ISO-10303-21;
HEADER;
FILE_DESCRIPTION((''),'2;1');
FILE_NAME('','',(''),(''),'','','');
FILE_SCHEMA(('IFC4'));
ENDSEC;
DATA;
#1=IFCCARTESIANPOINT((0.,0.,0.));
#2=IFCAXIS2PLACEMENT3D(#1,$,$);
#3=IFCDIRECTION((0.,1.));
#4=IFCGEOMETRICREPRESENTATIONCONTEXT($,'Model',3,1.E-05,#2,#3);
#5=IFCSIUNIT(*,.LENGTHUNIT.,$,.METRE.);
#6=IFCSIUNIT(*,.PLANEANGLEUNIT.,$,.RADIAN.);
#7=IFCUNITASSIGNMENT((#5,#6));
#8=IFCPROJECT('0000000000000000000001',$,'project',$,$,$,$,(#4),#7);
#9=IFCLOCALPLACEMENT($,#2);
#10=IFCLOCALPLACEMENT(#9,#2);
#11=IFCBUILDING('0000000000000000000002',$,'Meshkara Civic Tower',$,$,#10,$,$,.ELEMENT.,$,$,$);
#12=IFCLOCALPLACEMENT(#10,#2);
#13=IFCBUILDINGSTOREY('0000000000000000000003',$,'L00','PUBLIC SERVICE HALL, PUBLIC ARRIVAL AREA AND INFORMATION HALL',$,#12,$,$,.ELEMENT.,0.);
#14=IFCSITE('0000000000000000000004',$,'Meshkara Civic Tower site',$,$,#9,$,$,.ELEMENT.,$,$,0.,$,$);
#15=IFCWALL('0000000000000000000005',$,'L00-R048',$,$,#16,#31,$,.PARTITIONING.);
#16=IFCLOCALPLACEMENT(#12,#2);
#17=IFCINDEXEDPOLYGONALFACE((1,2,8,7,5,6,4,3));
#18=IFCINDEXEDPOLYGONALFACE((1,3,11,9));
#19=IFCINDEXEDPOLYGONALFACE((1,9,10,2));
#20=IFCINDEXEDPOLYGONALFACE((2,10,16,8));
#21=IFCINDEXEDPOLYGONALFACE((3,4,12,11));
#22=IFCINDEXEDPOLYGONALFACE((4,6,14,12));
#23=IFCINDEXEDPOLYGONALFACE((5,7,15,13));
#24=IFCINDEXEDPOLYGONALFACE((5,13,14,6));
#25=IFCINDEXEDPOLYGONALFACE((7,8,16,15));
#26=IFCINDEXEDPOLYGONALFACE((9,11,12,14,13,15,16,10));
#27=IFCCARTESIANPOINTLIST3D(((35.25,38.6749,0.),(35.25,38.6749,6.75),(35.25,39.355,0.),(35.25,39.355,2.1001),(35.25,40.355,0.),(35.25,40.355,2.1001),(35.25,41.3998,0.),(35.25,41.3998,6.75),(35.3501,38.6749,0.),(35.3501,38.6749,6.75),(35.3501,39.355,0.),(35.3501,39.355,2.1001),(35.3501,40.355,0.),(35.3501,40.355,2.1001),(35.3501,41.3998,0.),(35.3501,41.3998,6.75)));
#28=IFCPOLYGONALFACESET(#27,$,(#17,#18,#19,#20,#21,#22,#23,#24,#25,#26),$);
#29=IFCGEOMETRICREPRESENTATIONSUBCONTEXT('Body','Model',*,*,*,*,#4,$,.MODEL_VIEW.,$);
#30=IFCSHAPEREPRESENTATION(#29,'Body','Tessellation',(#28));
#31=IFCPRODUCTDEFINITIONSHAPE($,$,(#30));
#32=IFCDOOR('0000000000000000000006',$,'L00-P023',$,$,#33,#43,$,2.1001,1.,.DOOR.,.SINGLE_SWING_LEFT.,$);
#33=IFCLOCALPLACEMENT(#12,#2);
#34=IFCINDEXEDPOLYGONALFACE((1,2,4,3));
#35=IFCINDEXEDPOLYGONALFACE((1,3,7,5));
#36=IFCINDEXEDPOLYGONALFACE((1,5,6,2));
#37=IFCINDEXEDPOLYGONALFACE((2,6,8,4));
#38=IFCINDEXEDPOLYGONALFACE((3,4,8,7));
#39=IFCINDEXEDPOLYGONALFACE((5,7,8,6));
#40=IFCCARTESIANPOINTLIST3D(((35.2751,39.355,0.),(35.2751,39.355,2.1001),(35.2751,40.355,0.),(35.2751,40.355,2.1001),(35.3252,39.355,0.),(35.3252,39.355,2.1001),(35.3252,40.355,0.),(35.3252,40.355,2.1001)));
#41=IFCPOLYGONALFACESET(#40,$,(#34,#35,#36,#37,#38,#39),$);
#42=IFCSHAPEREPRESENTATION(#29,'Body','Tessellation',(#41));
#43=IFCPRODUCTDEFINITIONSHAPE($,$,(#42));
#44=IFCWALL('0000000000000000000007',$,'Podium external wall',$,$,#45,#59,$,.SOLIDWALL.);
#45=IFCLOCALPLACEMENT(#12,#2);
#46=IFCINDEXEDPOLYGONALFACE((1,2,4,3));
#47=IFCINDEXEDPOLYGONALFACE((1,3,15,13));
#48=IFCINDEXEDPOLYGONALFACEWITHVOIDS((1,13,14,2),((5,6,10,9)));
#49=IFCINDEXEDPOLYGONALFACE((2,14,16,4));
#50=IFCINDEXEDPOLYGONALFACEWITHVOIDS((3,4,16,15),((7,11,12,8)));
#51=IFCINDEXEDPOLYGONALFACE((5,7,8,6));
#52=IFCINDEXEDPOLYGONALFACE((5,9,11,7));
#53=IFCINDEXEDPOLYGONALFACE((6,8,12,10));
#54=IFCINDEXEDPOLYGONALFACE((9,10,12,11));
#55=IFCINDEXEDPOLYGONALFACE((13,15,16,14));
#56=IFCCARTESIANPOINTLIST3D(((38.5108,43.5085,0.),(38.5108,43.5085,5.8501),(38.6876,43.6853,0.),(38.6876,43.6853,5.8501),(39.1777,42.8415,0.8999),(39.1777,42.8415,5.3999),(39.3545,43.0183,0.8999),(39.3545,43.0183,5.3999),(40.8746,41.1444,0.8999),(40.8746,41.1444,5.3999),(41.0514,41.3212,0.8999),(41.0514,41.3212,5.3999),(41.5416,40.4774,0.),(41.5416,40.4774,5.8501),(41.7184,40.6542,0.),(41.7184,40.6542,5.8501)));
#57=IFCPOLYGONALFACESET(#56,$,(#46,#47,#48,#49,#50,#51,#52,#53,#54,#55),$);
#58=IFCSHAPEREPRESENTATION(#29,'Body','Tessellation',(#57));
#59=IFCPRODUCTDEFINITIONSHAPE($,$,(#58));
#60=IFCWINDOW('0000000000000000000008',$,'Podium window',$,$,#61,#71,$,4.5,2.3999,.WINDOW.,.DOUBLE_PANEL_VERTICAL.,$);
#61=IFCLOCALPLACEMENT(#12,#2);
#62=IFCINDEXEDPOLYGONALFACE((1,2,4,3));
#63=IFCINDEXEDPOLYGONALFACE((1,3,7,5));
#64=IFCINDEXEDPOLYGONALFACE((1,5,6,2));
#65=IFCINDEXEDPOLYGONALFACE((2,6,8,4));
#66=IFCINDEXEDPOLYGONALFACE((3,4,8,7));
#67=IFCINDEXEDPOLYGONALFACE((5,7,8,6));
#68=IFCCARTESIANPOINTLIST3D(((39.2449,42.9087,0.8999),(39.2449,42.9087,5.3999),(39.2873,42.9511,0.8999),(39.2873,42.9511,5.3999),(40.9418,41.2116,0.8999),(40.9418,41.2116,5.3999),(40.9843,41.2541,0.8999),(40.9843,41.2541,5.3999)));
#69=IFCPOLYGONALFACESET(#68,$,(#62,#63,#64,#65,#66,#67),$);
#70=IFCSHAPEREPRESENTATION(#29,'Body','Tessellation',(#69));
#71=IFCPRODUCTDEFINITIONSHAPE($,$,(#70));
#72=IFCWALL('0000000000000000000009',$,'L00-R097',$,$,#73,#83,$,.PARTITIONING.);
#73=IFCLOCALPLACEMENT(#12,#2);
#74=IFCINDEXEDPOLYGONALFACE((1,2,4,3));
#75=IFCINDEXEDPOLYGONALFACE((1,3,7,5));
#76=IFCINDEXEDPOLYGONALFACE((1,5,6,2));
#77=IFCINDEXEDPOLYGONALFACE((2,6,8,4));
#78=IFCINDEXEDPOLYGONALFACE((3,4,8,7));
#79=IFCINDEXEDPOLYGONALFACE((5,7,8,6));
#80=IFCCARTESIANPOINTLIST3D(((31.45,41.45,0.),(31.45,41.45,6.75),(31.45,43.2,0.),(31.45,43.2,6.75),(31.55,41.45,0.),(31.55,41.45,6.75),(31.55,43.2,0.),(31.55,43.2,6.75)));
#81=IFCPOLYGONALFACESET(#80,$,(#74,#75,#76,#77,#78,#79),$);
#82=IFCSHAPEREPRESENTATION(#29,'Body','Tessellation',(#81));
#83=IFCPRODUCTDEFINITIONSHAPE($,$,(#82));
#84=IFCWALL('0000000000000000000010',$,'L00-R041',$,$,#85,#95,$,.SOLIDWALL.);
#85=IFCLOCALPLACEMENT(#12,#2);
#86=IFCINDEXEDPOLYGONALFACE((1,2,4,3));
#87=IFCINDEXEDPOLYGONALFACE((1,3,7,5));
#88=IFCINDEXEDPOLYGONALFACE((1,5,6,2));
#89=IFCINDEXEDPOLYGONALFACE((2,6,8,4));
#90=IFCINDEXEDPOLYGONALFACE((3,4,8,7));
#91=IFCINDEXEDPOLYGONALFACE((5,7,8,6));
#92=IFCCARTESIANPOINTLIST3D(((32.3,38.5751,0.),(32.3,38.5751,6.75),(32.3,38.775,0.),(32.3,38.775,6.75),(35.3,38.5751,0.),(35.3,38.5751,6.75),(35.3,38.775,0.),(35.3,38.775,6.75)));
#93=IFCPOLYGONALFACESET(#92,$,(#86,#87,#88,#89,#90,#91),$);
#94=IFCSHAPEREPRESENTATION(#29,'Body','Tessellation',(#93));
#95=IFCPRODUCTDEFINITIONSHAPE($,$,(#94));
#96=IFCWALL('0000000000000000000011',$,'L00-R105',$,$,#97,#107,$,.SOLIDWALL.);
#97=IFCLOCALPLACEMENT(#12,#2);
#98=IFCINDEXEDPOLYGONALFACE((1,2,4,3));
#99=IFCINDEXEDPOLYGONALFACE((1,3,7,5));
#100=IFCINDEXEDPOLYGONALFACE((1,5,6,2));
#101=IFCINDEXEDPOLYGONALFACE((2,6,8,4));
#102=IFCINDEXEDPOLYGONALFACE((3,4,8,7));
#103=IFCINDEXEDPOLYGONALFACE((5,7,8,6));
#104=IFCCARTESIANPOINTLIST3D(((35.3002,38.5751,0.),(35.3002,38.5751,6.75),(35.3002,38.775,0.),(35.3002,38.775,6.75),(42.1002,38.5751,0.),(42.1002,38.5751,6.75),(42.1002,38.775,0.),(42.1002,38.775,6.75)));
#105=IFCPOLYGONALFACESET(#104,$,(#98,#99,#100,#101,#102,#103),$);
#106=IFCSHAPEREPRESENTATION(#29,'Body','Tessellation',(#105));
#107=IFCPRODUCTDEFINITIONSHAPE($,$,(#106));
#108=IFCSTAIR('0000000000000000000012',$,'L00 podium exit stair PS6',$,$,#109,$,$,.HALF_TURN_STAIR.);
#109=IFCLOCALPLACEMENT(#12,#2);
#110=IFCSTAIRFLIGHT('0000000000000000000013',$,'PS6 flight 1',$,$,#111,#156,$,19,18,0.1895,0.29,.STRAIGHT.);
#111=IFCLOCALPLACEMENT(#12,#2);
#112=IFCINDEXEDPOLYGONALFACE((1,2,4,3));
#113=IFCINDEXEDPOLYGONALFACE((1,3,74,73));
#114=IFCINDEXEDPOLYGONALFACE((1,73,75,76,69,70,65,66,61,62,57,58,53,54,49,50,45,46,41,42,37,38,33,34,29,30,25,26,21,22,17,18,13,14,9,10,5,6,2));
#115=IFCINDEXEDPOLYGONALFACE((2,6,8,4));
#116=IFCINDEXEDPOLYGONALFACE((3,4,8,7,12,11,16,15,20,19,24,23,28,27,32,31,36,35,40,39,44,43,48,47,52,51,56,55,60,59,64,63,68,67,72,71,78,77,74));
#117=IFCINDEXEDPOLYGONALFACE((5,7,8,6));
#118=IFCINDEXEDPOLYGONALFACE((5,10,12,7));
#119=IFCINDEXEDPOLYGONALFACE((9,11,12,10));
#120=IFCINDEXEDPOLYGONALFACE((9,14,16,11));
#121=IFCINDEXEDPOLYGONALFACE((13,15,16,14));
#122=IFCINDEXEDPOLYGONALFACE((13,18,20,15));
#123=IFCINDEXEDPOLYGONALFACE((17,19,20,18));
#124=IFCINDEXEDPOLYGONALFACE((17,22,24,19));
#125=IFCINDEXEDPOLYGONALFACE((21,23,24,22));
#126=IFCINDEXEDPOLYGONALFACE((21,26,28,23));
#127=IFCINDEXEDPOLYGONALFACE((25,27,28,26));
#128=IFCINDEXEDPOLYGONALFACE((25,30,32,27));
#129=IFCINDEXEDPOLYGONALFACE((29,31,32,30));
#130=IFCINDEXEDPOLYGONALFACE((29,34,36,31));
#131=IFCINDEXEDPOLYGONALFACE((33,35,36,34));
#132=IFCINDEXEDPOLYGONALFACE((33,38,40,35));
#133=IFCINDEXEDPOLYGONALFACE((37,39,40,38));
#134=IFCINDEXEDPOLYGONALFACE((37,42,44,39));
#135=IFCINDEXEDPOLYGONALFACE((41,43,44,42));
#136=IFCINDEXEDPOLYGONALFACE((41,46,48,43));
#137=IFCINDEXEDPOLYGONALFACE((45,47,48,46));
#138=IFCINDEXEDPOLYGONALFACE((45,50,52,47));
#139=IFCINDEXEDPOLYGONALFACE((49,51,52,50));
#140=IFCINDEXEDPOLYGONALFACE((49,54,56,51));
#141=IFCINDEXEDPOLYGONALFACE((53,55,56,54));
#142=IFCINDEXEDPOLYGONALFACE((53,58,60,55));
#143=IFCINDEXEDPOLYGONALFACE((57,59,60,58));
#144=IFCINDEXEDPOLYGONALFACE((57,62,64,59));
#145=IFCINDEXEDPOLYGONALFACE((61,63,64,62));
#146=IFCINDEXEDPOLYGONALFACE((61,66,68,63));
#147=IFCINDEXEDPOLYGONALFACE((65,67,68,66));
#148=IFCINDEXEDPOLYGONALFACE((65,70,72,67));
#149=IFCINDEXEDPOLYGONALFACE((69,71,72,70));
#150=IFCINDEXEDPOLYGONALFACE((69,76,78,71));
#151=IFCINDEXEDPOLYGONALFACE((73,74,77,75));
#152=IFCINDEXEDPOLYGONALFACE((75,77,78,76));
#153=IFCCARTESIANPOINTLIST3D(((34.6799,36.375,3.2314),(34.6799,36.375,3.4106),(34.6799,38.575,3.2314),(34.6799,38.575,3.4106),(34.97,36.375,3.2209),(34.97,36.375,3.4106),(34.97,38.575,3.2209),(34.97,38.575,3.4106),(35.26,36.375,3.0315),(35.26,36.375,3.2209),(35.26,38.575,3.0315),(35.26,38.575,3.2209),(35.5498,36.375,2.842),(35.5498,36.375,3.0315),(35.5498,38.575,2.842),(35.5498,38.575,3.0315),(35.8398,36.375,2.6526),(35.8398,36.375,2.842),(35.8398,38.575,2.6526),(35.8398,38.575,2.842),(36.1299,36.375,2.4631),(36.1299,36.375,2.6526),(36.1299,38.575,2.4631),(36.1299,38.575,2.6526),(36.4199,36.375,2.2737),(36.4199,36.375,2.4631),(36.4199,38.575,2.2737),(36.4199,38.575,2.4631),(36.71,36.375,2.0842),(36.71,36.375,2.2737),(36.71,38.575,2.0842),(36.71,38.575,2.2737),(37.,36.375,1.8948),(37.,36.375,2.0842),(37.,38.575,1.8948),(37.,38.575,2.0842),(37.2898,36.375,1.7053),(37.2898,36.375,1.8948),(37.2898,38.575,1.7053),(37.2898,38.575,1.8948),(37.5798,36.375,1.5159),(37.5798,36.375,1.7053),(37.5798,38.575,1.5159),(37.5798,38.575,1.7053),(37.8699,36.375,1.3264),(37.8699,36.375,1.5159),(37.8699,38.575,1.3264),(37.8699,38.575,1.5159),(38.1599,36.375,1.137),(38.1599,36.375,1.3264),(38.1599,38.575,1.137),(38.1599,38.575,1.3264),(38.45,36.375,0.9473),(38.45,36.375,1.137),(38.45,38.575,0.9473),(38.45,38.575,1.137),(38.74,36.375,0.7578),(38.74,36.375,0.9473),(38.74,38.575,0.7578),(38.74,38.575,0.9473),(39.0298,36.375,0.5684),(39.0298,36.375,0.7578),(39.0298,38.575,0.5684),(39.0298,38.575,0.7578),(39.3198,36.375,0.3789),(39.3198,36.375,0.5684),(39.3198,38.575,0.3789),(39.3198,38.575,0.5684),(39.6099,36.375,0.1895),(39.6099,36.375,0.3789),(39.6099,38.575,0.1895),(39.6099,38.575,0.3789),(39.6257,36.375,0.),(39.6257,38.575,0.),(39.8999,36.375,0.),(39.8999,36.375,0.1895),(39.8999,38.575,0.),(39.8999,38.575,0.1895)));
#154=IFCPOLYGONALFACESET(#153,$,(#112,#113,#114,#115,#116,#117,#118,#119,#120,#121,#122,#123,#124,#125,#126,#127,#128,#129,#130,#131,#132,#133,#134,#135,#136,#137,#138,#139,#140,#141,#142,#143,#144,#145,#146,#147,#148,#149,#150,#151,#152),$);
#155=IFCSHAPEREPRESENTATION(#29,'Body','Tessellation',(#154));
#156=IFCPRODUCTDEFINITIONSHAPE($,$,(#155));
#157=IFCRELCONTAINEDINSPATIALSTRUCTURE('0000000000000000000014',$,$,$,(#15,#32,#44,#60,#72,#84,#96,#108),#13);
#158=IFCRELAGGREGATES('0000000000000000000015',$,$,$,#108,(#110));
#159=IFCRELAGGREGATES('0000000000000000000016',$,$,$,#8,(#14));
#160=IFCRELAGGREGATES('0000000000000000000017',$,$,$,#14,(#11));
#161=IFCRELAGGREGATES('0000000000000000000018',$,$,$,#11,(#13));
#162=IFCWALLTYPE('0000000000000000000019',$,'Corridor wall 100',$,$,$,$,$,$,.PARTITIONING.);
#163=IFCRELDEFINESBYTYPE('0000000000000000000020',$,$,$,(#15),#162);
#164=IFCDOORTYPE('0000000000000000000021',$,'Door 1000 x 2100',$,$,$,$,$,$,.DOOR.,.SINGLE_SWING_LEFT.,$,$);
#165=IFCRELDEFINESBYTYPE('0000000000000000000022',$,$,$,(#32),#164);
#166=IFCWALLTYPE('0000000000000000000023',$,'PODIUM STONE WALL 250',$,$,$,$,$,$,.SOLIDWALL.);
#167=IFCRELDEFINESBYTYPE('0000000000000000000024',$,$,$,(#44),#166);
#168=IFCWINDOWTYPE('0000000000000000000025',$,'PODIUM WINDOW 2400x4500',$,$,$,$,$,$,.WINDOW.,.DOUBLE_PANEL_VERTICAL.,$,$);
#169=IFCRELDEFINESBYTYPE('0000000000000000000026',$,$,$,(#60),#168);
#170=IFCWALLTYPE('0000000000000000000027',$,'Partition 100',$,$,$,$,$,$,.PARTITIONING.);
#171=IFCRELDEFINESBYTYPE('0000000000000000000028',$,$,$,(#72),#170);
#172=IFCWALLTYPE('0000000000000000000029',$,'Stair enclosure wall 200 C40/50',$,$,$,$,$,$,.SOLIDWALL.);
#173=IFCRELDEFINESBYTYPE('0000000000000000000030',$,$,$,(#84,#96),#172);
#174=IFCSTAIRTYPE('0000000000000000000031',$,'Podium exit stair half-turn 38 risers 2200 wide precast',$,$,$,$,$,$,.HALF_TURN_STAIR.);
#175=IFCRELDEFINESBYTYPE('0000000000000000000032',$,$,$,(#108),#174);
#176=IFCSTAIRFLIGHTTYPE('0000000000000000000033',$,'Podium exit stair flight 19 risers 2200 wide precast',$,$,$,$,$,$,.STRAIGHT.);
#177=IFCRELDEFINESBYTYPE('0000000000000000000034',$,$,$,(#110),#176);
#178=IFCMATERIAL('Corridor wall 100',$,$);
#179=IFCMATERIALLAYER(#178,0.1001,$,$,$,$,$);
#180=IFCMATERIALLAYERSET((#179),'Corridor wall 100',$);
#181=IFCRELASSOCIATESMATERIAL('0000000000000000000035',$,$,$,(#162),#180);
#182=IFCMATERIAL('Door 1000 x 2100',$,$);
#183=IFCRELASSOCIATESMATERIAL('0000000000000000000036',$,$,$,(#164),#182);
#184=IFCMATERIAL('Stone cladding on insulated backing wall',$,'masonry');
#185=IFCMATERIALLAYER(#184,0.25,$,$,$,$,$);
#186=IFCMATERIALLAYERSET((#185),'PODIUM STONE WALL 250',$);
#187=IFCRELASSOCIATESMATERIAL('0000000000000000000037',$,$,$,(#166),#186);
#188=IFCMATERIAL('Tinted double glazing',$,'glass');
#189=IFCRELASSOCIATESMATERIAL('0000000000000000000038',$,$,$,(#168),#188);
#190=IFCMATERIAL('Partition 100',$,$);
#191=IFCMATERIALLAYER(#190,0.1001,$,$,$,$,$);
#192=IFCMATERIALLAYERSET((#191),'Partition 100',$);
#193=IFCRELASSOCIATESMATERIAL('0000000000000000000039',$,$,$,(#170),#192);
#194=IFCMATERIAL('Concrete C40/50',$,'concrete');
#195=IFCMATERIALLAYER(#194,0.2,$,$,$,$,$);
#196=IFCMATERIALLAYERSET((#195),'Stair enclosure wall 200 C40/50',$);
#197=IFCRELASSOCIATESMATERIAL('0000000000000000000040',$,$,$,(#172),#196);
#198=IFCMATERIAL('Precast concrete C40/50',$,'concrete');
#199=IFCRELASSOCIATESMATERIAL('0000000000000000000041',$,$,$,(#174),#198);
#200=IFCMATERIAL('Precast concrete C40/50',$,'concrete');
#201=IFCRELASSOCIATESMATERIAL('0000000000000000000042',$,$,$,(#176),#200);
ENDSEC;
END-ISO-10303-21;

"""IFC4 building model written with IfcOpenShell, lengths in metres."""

from ifc_helpers import new_model, si_unit, direction, frame, frame_2d, origin, place, context, subcontext, project, spatial, polyline, rectangle, outline, extrude, material, layer, layer_set, type_object, element, fill, aggregate, save


model = new_model("IFC4")

# Units and contexts
model_context = context("Model", 3, precision=1e-05, world=origin(), true_north=direction((0.0, 1.0)))
body_context = subcontext(model_context, "Body", "Model", "MODEL_VIEW")
ifc_project = project(units=[si_unit("LENGTHUNIT", "METRE"), si_unit("PLANEANGLEUNIT", "RADIAN")], contexts=[model_context])

# Site, building, storey
site_placement = place(None, origin())
site = spatial("IfcSite", under=ifc_project, at=site_placement, Name="Meshkara Civic Tower site", CompositionType="ELEMENT", RefElevation=0.0)
building_placement = place(site_placement, origin())
building = spatial("IfcBuilding", under=site, at=building_placement, Name="Meshkara Civic Tower", CompositionType="ELEMENT")
storey_placement = place(building_placement, origin())
storey = spatial("IfcBuildingStorey", under=building, at=storey_placement, Name="L00", Description="PUBLIC SERVICE HALL, PUBLIC ARRIVAL AREA AND INFORMATION HALL", CompositionType="ELEMENT", Elevation=0.0)

# Shared definitions
ifc_material_1 = material(Name="Corridor wall 100")
ifc_layer_1 = layer(ifc_material_1, 0.1001)
ifc_layer_set_1 = layer_set([ifc_layer_1], Name="Corridor wall 100")
wall_type_1 = type_object("IfcWallType", Name="Corridor wall 100", PredefinedType="PARTITIONING", material=ifc_layer_set_1)

# Shared definitions
ifc_material_2 = material(Name="Door 1000 x 2100")
door_type_1 = type_object("IfcDoorType", Name="Door 1000 x 2100", OperationType="SINGLE_SWING_LEFT", PredefinedType="DOOR", material=ifc_material_2)

# Wall, opening, door
wall_1_placement = place(storey_placement, frame((35.3, 38.675, 0.0), z_axis=(0.0, 0.0, 1.0), x_axis=(0.0, 1.0, 0.0)))
wall_1 = element("IfcWall", 1, at=wall_1_placement, inside=storey, type_object=wall_type_1, Name="L00-R048", PredefinedType="PARTITIONING", context=body_context, shape_type="SweptSolid", body=[
    extrude(rectangle(XDim=2.7249, YDim=0.1001, at=frame_2d((1.3623, 0.0))), origin(), (0.0, 0.0, 1.0), 6.75),
])
opening_1_placement = place(wall_1_placement, frame((0.6799, 0.0, 0.0)))
opening_1 = element("IfcOpeningElement", 2, at=opening_1_placement, cuts=wall_1, PredefinedType="OPENING", context=body_context, shape_type="SweptSolid", body=[
    extrude(rectangle(XDim=1.0, YDim=2.1001, at=frame_2d((0.5, 1.05))), frame((0.0, 0.0601, 0.0), z_axis=(0.0, -1.0, 0.0), x_axis=(1.0, 0.0, 0.0)), (0.0, 0.0, 1.0), 0.1201),
])
door_1_placement = place(opening_1_placement, origin())
door_1 = element("IfcDoor", 3, at=door_1_placement, inside=storey, type_object=door_type_1, Name="L00-P023", OperationType="SINGLE_SWING_LEFT", OverallHeight=2.1001, OverallWidth=1.0, PredefinedType="DOOR", context=body_context, shape_type="SweptSolid", body=[
    extrude(rectangle(XDim=1.0, YDim=2.1001, at=frame_2d((0.5, 1.05))), frame((0.0, 0.0249, 0.0), z_axis=(0.0, -1.0, 0.0), x_axis=(1.0, 0.0, 0.0)), (0.0, 0.0, 1.0), 0.05),
])
fill(opening_1, door_1)

# Wall, opening, window
ifc_material_3 = material(Name="Stone cladding on insulated backing wall", Category="masonry")
ifc_layer_2 = layer(ifc_material_3, 0.25)
ifc_layer_set_2 = layer_set([ifc_layer_2], Name="PODIUM STONE WALL 250")
wall_type_2 = type_object("IfcWallType", Name="PODIUM STONE WALL 250", PredefinedType="SOLIDWALL", material=ifc_layer_set_2)
wall_2_placement = place(storey_placement, frame((41.6299, 40.5659, 0.0), z_axis=(0.0, 0.0, 1.0), x_axis=(-0.707078, 0.707135, 0.0)))
wall_2 = element("IfcWall", 4, at=wall_2_placement, inside=storey, type_object=wall_type_2, Name="Podium external wall", PredefinedType="SOLIDWALL", context=body_context, shape_type="SweptSolid", body=[
    extrude(rectangle(XDim=4.2864, YDim=0.25, at=frame_2d((2.1431, 0.0))), origin(), (0.0, 0.0, 1.0), 5.8501),
])
opening_2_placement = place(wall_2_placement, frame((0.9431, 0.0, 0.8999)))
opening_2 = element("IfcOpeningElement", 5, at=opening_2_placement, cuts=wall_2, PredefinedType="OPENING", context=body_context, shape_type="SweptSolid", body=[
    extrude(rectangle(XDim=2.3999, YDim=4.5, at=frame_2d((1.2, 2.25))), frame((0.0, 0.135, 0.0), z_axis=(0.0, -1.0, 0.0), x_axis=(1.0, 0.0, 0.0)), (0.0, 0.0, 1.0), 0.27),
])
ifc_material_4 = material(Name="Tinted double glazing", Category="glass")
window_type = type_object("IfcWindowType", Name="PODIUM WINDOW 2400x4500", PartitioningType="DOUBLE_PANEL_VERTICAL", PredefinedType="WINDOW", material=ifc_material_4)
window_placement = place(opening_2_placement, origin())
window = element("IfcWindow", 6, at=window_placement, inside=storey, type_object=window_type, Name="Podium window", OverallHeight=4.5, OverallWidth=2.3999, PartitioningType="DOUBLE_PANEL_VERTICAL", PredefinedType="WINDOW", context=body_context, shape_type="SweptSolid", body=[
    extrude(rectangle(XDim=2.3999, YDim=4.5, at=frame_2d((1.2, 2.25))), frame((0.0, 0.03, 0.0), z_axis=(0.0, -1.0, 0.0), x_axis=(1.0, 0.0, 0.0)), (0.0, 0.0, 1.0), 0.0601),
])
fill(opening_2, window)

# Walls
ifc_material_5 = material(Name="Partition 100")
ifc_layer_3 = layer(ifc_material_5, 0.1001)
ifc_layer_set_3 = layer_set([ifc_layer_3], Name="Partition 100")
wall_type_3 = type_object("IfcWallType", Name="Partition 100", PredefinedType="PARTITIONING", material=ifc_layer_set_3)
wall_3_placement = place(storey_placement, frame((31.5, 41.45, 0.0), z_axis=(0.0, 0.0, 1.0), x_axis=(0.0, 1.0, 0.0)))
element("IfcWall", 7, at=wall_3_placement, inside=storey, type_object=wall_type_3, Name="L00-R097", PredefinedType="PARTITIONING", context=body_context, shape_type="SweptSolid", body=[
    extrude(rectangle(XDim=1.75, YDim=0.1001, at=frame_2d((0.875, 0.0))), origin(), (0.0, 0.0, 1.0), 6.75),
])
ifc_material_6 = material(Name="Concrete C40/50", Category="concrete")
ifc_layer_4 = layer(ifc_material_6, 0.2)
ifc_layer_set_4 = layer_set([ifc_layer_4], Name="Stair enclosure wall 200 C40/50")
wall_type_4 = type_object("IfcWallType", Name="Stair enclosure wall 200 C40/50", PredefinedType="SOLIDWALL", material=ifc_layer_set_4)
wall_4_placement = place(storey_placement, frame((32.3, 38.675, 0.0), z_axis=(0.0, 0.0, 1.0), x_axis=(1.0, 0.0, 0.0)))
element("IfcWall", 8, at=wall_4_placement, inside=storey, type_object=wall_type_4, Name="L00-R041", PredefinedType="SOLIDWALL", context=body_context, shape_type="SweptSolid", body=[
    extrude(rectangle(XDim=3.0, YDim=0.2, at=frame_2d((1.5, 0.0))), origin(), (0.0, 0.0, 1.0), 6.75),
])
wall_5_placement = place(storey_placement, frame((42.1001, 38.675, 0.0), z_axis=(0.0, 0.0, 1.0), x_axis=(-1.0, 0.0, 0.0)))
element("IfcWall", 9, at=wall_5_placement, inside=storey, type_object=wall_type_4, Name="L00-R105", PredefinedType="SOLIDWALL", context=body_context, shape_type="SweptSolid", body=[
    extrude(rectangle(XDim=6.8, YDim=0.2, at=frame_2d((3.3999, 0.0))), origin(), (0.0, 0.0, 1.0), 6.75),
])

# Stair, stair flight
ifc_material_7 = material(Name="Precast concrete C40/50", Category="concrete")
stair_type = type_object("IfcStairType", Name="Podium exit stair half-turn 38 risers 2200 wide precast", PredefinedType="HALF_TURN_STAIR", material=ifc_material_7)
stair_placement = place(storey_placement, origin())
stair = element("IfcStair", 10, at=stair_placement, inside=storey, type_object=stair_type, Name="L00 podium exit stair PS6", PredefinedType="HALF_TURN_STAIR")
ifc_material_8 = material(Name="Precast concrete C40/50", Category="concrete")
stair_flight_type = type_object("IfcStairFlightType", Name="Podium exit stair flight 19 risers 2200 wide precast", PredefinedType="STRAIGHT", material=ifc_material_8)
stair_flight_placement = place(storey_placement, frame((39.8999, 37.4751, 0.0), z_axis=(0.0, 0.0, 1.0), x_axis=(-1.0, 0.0, 0.0)))
stair_flight = element("IfcStairFlight", 11, at=stair_flight_placement, type_object=stair_flight_type, Name="PS6 flight 1", NumberOfRisers=19, NumberOfTreads=18, PredefinedType="STRAIGHT", RiserHeight=0.1895, TreadLength=0.29, context=body_context, shape_type="SweptSolid", body=[
    extrude(outline(polyline([(0.0, 0.0), (0.0, 0.1895), (0.29, 0.1895), (0.29, 0.3789), (0.5801, 0.3789), (0.5801, 0.5684), (0.8701, 0.5684), (0.8701, 0.7578), (1.1599, 0.7578), (1.1599, 0.9473), (1.45, 0.9473), (1.45, 1.137), (1.74, 1.137), (1.74, 1.3264), (2.03, 1.3264), (2.03, 1.5159), (2.3201, 1.5159), (2.3201, 1.7053), (2.6101, 1.7053), (2.6101, 1.8948), (2.8999, 1.8948), (2.8999, 2.0842), (3.1899, 2.0842), (3.1899, 2.2737), (3.48, 2.2737), (3.48, 2.4631), (3.77, 2.4631), (3.77, 2.6526), (4.0601, 2.6526), (4.0601, 2.842), (4.3501, 2.842), (4.3501, 3.0315), (4.6399, 3.0315), (4.6399, 3.2209), (4.9299, 3.2209), (4.9299, 3.4106), (5.22, 3.4106), (5.22, 3.6001), (5.22, 3.2314), (0.2742, 0.0), (0.0, 0.0)])), frame((0.0, 1.1001, 0.0), z_axis=(0.0, -1.0, 0.0), x_axis=(1.0, 0.0, 0.0)), (0.0, 0.0, 1.0), 2.2),
])
aggregate(stair, [stair_flight])

save(model, "model.ifc")
